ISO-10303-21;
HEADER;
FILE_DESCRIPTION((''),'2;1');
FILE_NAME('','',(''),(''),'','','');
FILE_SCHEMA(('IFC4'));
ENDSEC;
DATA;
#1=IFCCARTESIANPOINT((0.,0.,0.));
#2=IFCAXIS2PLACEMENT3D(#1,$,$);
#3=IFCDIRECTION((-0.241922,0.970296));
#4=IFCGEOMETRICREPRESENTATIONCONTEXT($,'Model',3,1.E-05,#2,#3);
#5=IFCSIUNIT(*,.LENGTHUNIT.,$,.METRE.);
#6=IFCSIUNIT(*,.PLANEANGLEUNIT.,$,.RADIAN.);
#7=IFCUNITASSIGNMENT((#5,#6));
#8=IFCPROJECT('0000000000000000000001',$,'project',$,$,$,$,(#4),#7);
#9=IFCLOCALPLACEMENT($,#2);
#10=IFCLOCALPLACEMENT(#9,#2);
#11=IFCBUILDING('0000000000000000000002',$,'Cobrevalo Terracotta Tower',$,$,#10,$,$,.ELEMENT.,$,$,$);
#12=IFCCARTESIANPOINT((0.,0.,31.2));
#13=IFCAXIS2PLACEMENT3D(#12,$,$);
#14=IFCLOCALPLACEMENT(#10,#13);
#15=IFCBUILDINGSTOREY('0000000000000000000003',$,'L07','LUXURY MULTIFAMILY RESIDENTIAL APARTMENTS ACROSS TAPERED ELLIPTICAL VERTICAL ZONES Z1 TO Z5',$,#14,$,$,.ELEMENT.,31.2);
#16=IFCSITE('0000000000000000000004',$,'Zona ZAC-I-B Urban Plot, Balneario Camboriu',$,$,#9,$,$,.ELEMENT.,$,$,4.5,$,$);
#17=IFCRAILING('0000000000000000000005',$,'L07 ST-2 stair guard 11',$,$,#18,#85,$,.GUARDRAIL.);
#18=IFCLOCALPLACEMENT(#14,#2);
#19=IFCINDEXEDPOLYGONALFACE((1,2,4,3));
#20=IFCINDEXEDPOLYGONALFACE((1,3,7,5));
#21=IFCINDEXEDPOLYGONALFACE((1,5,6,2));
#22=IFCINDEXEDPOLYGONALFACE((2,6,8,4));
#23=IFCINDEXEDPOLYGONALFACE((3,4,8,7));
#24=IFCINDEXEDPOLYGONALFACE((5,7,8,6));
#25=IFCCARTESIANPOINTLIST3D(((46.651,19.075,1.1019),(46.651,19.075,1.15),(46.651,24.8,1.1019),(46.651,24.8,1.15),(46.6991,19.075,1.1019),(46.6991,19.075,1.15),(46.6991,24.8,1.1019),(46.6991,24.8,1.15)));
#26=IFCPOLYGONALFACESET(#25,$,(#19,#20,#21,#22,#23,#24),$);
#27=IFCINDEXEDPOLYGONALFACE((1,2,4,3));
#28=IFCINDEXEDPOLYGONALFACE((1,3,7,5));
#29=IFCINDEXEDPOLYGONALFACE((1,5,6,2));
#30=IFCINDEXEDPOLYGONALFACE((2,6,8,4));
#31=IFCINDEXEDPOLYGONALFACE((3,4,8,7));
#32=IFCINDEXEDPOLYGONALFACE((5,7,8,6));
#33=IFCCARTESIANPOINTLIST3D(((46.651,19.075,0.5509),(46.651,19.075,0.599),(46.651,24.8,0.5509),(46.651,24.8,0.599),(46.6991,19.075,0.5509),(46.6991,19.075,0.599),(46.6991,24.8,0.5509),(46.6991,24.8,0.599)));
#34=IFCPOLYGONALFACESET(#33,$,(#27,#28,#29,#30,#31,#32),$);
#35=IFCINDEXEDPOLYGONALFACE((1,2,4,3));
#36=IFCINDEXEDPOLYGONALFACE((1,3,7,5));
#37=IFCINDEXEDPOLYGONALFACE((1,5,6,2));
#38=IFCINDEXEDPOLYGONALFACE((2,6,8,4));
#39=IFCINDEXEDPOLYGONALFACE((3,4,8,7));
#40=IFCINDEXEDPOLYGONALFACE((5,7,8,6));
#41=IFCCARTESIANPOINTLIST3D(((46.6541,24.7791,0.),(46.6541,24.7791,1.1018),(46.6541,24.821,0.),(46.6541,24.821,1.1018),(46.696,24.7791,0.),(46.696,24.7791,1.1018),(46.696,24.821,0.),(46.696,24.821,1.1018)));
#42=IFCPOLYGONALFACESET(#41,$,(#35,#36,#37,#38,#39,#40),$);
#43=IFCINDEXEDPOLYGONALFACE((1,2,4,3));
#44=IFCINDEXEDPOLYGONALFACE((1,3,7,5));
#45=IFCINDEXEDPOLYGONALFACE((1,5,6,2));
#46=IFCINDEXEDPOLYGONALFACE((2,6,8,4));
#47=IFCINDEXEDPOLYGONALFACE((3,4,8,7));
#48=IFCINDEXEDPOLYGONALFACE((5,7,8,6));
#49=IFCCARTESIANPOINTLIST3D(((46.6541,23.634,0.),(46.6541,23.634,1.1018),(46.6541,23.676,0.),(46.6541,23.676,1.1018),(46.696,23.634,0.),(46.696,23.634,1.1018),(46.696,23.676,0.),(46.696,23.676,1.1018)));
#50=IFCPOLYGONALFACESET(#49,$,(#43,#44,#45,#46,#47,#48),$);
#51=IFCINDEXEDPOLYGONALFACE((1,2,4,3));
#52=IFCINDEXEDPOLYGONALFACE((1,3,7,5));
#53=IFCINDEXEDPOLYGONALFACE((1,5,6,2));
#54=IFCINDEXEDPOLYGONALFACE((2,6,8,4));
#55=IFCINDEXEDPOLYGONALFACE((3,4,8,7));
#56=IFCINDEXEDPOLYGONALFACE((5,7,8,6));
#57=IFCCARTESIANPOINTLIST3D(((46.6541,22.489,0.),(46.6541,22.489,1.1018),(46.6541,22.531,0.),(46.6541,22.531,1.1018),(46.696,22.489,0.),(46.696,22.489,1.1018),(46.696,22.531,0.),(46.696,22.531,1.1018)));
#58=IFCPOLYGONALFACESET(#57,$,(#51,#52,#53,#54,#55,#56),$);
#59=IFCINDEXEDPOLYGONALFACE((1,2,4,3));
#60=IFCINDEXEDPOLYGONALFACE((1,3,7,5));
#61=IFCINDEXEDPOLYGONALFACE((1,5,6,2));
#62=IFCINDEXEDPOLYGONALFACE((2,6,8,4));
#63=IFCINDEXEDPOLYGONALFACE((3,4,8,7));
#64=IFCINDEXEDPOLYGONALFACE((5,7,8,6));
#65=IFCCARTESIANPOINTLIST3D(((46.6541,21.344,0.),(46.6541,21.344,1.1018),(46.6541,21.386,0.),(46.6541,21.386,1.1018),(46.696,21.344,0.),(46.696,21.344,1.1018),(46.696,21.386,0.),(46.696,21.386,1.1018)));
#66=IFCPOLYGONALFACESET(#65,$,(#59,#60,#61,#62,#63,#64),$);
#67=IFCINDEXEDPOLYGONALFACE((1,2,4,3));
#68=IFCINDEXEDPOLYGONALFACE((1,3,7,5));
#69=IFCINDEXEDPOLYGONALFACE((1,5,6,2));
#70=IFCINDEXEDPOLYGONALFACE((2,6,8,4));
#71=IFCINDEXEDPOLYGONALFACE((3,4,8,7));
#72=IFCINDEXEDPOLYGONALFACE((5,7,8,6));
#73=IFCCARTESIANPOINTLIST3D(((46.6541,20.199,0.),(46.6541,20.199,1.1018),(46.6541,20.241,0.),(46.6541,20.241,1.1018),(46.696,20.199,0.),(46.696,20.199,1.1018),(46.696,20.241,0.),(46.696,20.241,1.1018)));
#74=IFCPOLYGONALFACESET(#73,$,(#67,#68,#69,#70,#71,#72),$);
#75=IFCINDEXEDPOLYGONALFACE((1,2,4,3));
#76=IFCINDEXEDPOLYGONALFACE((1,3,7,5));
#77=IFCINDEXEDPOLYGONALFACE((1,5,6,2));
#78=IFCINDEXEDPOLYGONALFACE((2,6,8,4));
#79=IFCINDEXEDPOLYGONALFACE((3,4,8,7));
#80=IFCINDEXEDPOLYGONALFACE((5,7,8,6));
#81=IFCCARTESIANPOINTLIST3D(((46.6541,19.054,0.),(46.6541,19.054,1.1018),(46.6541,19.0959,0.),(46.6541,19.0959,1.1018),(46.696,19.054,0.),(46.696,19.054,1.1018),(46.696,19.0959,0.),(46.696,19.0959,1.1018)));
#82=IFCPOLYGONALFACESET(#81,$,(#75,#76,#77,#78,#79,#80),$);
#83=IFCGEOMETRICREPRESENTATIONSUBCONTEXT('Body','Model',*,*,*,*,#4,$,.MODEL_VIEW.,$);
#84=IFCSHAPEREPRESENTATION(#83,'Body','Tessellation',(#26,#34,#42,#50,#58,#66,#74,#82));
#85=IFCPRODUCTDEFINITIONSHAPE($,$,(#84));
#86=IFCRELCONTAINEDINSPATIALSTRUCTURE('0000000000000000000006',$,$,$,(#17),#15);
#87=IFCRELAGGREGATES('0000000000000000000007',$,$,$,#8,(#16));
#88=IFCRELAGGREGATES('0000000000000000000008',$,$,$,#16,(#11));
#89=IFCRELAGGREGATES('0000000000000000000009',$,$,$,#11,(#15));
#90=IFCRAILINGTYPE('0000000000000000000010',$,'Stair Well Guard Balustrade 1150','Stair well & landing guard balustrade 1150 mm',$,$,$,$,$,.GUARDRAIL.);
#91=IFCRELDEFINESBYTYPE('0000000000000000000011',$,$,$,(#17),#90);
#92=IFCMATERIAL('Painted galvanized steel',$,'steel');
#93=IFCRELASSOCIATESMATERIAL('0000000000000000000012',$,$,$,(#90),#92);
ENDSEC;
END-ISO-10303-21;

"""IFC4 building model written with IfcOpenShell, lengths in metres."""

from ifc_helpers import new_model, si_unit, direction, frame, origin, origin_2d, place, context, subcontext, project, spatial, rectangle, extrude, material, type_object, element, save


model = new_model("IFC4")

# Units and contexts
model_context = context("Model", 3, precision=1e-05, world=origin(), true_north=direction((-0.241922, 0.970296)))
body_context = subcontext(model_context, "Body", "Model", "MODEL_VIEW")
ifc_project = project(units=[si_unit("LENGTHUNIT", "METRE"), si_unit("PLANEANGLEUNIT", "RADIAN")], contexts=[model_context])

# Site, building, storey
site_placement = place(None, origin())
site = spatial("IfcSite", under=ifc_project, at=site_placement, Name="Zona ZAC-I-B Urban Plot, Balneario Camboriu", CompositionType="ELEMENT", RefElevation=4.5)
building_placement = place(site_placement, origin())
building = spatial("IfcBuilding", under=site, at=building_placement, Name="Cobrevalo Terracotta Tower", CompositionType="ELEMENT")
storey_placement = place(building_placement, frame((0.0, 0.0, 31.2)))
storey = spatial("IfcBuildingStorey", under=building, at=storey_placement, Name="L07", Description="LUXURY MULTIFAMILY RESIDENTIAL APARTMENTS ACROSS TAPERED ELLIPTICAL VERTICAL ZONES Z1 TO Z5", CompositionType="ELEMENT", Elevation=31.2)

# Railing
ifc_material_1 = material(Name="Painted galvanized steel", Category="steel")
railing_type = type_object("IfcRailingType", Name="Stair Well Guard Balustrade 1150", Description="Stair well & landing guard balustrade 1150 mm", PredefinedType="GUARDRAIL", material=ifc_material_1)
for number, where, name in (
    (1, (46.675, 24.8, 0.0), "L07 ST-2 stair guard 11"),
):
    element("IfcRailing", number, at=place(storey_placement, frame(where)), inside=storey, type_object=railing_type, Name=name, PredefinedType="GUARDRAIL", context=body_context, shape_type="SweptSolid", body=[
        extrude(rectangle(XDim=0.0481, YDim=0.0481, at=origin_2d()), frame((0.0, 0.0, 1.126), z_axis=(0.0, -1.0, 0.0), x_axis=(1.0, 0.0, 0.0)), (0.0, 0.0, 1.0), 5.7251),
        extrude(rectangle(XDim=0.0481, YDim=0.0481, at=origin_2d()), frame((0.0, 0.0, 0.575), z_axis=(0.0, -1.0, 0.0), x_axis=(1.0, 0.0, 0.0)), (0.0, 0.0, 1.0), 5.7251),
        extrude(rectangle(XDim=0.042, YDim=0.042, at=origin_2d()), origin(), (0.0, 0.0, 1.0), 1.1018),
        extrude(rectangle(XDim=0.042, YDim=0.042, at=origin_2d()), frame((0.0, -1.145, 0.0)), (0.0, 0.0, 1.0), 1.1018),
        extrude(rectangle(XDim=0.042, YDim=0.042, at=origin_2d()), frame((0.0, -2.29, 0.0)), (0.0, 0.0, 1.0), 1.1018),
        extrude(rectangle(XDim=0.042, YDim=0.042, at=origin_2d()), frame((0.0, -3.4351, 0.0)), (0.0, 0.0, 1.0), 1.1018),
        extrude(rectangle(XDim=0.042, YDim=0.042, at=origin_2d()), frame((0.0, -4.5801, 0.0)), (0.0, 0.0, 1.0), 1.1018),
        extrude(rectangle(XDim=0.042, YDim=0.042, at=origin_2d()), frame((0.0, -5.7251, 0.0)), (0.0, 0.0, 1.0), 1.1018),
    ])

save(model, "model.ifc")
